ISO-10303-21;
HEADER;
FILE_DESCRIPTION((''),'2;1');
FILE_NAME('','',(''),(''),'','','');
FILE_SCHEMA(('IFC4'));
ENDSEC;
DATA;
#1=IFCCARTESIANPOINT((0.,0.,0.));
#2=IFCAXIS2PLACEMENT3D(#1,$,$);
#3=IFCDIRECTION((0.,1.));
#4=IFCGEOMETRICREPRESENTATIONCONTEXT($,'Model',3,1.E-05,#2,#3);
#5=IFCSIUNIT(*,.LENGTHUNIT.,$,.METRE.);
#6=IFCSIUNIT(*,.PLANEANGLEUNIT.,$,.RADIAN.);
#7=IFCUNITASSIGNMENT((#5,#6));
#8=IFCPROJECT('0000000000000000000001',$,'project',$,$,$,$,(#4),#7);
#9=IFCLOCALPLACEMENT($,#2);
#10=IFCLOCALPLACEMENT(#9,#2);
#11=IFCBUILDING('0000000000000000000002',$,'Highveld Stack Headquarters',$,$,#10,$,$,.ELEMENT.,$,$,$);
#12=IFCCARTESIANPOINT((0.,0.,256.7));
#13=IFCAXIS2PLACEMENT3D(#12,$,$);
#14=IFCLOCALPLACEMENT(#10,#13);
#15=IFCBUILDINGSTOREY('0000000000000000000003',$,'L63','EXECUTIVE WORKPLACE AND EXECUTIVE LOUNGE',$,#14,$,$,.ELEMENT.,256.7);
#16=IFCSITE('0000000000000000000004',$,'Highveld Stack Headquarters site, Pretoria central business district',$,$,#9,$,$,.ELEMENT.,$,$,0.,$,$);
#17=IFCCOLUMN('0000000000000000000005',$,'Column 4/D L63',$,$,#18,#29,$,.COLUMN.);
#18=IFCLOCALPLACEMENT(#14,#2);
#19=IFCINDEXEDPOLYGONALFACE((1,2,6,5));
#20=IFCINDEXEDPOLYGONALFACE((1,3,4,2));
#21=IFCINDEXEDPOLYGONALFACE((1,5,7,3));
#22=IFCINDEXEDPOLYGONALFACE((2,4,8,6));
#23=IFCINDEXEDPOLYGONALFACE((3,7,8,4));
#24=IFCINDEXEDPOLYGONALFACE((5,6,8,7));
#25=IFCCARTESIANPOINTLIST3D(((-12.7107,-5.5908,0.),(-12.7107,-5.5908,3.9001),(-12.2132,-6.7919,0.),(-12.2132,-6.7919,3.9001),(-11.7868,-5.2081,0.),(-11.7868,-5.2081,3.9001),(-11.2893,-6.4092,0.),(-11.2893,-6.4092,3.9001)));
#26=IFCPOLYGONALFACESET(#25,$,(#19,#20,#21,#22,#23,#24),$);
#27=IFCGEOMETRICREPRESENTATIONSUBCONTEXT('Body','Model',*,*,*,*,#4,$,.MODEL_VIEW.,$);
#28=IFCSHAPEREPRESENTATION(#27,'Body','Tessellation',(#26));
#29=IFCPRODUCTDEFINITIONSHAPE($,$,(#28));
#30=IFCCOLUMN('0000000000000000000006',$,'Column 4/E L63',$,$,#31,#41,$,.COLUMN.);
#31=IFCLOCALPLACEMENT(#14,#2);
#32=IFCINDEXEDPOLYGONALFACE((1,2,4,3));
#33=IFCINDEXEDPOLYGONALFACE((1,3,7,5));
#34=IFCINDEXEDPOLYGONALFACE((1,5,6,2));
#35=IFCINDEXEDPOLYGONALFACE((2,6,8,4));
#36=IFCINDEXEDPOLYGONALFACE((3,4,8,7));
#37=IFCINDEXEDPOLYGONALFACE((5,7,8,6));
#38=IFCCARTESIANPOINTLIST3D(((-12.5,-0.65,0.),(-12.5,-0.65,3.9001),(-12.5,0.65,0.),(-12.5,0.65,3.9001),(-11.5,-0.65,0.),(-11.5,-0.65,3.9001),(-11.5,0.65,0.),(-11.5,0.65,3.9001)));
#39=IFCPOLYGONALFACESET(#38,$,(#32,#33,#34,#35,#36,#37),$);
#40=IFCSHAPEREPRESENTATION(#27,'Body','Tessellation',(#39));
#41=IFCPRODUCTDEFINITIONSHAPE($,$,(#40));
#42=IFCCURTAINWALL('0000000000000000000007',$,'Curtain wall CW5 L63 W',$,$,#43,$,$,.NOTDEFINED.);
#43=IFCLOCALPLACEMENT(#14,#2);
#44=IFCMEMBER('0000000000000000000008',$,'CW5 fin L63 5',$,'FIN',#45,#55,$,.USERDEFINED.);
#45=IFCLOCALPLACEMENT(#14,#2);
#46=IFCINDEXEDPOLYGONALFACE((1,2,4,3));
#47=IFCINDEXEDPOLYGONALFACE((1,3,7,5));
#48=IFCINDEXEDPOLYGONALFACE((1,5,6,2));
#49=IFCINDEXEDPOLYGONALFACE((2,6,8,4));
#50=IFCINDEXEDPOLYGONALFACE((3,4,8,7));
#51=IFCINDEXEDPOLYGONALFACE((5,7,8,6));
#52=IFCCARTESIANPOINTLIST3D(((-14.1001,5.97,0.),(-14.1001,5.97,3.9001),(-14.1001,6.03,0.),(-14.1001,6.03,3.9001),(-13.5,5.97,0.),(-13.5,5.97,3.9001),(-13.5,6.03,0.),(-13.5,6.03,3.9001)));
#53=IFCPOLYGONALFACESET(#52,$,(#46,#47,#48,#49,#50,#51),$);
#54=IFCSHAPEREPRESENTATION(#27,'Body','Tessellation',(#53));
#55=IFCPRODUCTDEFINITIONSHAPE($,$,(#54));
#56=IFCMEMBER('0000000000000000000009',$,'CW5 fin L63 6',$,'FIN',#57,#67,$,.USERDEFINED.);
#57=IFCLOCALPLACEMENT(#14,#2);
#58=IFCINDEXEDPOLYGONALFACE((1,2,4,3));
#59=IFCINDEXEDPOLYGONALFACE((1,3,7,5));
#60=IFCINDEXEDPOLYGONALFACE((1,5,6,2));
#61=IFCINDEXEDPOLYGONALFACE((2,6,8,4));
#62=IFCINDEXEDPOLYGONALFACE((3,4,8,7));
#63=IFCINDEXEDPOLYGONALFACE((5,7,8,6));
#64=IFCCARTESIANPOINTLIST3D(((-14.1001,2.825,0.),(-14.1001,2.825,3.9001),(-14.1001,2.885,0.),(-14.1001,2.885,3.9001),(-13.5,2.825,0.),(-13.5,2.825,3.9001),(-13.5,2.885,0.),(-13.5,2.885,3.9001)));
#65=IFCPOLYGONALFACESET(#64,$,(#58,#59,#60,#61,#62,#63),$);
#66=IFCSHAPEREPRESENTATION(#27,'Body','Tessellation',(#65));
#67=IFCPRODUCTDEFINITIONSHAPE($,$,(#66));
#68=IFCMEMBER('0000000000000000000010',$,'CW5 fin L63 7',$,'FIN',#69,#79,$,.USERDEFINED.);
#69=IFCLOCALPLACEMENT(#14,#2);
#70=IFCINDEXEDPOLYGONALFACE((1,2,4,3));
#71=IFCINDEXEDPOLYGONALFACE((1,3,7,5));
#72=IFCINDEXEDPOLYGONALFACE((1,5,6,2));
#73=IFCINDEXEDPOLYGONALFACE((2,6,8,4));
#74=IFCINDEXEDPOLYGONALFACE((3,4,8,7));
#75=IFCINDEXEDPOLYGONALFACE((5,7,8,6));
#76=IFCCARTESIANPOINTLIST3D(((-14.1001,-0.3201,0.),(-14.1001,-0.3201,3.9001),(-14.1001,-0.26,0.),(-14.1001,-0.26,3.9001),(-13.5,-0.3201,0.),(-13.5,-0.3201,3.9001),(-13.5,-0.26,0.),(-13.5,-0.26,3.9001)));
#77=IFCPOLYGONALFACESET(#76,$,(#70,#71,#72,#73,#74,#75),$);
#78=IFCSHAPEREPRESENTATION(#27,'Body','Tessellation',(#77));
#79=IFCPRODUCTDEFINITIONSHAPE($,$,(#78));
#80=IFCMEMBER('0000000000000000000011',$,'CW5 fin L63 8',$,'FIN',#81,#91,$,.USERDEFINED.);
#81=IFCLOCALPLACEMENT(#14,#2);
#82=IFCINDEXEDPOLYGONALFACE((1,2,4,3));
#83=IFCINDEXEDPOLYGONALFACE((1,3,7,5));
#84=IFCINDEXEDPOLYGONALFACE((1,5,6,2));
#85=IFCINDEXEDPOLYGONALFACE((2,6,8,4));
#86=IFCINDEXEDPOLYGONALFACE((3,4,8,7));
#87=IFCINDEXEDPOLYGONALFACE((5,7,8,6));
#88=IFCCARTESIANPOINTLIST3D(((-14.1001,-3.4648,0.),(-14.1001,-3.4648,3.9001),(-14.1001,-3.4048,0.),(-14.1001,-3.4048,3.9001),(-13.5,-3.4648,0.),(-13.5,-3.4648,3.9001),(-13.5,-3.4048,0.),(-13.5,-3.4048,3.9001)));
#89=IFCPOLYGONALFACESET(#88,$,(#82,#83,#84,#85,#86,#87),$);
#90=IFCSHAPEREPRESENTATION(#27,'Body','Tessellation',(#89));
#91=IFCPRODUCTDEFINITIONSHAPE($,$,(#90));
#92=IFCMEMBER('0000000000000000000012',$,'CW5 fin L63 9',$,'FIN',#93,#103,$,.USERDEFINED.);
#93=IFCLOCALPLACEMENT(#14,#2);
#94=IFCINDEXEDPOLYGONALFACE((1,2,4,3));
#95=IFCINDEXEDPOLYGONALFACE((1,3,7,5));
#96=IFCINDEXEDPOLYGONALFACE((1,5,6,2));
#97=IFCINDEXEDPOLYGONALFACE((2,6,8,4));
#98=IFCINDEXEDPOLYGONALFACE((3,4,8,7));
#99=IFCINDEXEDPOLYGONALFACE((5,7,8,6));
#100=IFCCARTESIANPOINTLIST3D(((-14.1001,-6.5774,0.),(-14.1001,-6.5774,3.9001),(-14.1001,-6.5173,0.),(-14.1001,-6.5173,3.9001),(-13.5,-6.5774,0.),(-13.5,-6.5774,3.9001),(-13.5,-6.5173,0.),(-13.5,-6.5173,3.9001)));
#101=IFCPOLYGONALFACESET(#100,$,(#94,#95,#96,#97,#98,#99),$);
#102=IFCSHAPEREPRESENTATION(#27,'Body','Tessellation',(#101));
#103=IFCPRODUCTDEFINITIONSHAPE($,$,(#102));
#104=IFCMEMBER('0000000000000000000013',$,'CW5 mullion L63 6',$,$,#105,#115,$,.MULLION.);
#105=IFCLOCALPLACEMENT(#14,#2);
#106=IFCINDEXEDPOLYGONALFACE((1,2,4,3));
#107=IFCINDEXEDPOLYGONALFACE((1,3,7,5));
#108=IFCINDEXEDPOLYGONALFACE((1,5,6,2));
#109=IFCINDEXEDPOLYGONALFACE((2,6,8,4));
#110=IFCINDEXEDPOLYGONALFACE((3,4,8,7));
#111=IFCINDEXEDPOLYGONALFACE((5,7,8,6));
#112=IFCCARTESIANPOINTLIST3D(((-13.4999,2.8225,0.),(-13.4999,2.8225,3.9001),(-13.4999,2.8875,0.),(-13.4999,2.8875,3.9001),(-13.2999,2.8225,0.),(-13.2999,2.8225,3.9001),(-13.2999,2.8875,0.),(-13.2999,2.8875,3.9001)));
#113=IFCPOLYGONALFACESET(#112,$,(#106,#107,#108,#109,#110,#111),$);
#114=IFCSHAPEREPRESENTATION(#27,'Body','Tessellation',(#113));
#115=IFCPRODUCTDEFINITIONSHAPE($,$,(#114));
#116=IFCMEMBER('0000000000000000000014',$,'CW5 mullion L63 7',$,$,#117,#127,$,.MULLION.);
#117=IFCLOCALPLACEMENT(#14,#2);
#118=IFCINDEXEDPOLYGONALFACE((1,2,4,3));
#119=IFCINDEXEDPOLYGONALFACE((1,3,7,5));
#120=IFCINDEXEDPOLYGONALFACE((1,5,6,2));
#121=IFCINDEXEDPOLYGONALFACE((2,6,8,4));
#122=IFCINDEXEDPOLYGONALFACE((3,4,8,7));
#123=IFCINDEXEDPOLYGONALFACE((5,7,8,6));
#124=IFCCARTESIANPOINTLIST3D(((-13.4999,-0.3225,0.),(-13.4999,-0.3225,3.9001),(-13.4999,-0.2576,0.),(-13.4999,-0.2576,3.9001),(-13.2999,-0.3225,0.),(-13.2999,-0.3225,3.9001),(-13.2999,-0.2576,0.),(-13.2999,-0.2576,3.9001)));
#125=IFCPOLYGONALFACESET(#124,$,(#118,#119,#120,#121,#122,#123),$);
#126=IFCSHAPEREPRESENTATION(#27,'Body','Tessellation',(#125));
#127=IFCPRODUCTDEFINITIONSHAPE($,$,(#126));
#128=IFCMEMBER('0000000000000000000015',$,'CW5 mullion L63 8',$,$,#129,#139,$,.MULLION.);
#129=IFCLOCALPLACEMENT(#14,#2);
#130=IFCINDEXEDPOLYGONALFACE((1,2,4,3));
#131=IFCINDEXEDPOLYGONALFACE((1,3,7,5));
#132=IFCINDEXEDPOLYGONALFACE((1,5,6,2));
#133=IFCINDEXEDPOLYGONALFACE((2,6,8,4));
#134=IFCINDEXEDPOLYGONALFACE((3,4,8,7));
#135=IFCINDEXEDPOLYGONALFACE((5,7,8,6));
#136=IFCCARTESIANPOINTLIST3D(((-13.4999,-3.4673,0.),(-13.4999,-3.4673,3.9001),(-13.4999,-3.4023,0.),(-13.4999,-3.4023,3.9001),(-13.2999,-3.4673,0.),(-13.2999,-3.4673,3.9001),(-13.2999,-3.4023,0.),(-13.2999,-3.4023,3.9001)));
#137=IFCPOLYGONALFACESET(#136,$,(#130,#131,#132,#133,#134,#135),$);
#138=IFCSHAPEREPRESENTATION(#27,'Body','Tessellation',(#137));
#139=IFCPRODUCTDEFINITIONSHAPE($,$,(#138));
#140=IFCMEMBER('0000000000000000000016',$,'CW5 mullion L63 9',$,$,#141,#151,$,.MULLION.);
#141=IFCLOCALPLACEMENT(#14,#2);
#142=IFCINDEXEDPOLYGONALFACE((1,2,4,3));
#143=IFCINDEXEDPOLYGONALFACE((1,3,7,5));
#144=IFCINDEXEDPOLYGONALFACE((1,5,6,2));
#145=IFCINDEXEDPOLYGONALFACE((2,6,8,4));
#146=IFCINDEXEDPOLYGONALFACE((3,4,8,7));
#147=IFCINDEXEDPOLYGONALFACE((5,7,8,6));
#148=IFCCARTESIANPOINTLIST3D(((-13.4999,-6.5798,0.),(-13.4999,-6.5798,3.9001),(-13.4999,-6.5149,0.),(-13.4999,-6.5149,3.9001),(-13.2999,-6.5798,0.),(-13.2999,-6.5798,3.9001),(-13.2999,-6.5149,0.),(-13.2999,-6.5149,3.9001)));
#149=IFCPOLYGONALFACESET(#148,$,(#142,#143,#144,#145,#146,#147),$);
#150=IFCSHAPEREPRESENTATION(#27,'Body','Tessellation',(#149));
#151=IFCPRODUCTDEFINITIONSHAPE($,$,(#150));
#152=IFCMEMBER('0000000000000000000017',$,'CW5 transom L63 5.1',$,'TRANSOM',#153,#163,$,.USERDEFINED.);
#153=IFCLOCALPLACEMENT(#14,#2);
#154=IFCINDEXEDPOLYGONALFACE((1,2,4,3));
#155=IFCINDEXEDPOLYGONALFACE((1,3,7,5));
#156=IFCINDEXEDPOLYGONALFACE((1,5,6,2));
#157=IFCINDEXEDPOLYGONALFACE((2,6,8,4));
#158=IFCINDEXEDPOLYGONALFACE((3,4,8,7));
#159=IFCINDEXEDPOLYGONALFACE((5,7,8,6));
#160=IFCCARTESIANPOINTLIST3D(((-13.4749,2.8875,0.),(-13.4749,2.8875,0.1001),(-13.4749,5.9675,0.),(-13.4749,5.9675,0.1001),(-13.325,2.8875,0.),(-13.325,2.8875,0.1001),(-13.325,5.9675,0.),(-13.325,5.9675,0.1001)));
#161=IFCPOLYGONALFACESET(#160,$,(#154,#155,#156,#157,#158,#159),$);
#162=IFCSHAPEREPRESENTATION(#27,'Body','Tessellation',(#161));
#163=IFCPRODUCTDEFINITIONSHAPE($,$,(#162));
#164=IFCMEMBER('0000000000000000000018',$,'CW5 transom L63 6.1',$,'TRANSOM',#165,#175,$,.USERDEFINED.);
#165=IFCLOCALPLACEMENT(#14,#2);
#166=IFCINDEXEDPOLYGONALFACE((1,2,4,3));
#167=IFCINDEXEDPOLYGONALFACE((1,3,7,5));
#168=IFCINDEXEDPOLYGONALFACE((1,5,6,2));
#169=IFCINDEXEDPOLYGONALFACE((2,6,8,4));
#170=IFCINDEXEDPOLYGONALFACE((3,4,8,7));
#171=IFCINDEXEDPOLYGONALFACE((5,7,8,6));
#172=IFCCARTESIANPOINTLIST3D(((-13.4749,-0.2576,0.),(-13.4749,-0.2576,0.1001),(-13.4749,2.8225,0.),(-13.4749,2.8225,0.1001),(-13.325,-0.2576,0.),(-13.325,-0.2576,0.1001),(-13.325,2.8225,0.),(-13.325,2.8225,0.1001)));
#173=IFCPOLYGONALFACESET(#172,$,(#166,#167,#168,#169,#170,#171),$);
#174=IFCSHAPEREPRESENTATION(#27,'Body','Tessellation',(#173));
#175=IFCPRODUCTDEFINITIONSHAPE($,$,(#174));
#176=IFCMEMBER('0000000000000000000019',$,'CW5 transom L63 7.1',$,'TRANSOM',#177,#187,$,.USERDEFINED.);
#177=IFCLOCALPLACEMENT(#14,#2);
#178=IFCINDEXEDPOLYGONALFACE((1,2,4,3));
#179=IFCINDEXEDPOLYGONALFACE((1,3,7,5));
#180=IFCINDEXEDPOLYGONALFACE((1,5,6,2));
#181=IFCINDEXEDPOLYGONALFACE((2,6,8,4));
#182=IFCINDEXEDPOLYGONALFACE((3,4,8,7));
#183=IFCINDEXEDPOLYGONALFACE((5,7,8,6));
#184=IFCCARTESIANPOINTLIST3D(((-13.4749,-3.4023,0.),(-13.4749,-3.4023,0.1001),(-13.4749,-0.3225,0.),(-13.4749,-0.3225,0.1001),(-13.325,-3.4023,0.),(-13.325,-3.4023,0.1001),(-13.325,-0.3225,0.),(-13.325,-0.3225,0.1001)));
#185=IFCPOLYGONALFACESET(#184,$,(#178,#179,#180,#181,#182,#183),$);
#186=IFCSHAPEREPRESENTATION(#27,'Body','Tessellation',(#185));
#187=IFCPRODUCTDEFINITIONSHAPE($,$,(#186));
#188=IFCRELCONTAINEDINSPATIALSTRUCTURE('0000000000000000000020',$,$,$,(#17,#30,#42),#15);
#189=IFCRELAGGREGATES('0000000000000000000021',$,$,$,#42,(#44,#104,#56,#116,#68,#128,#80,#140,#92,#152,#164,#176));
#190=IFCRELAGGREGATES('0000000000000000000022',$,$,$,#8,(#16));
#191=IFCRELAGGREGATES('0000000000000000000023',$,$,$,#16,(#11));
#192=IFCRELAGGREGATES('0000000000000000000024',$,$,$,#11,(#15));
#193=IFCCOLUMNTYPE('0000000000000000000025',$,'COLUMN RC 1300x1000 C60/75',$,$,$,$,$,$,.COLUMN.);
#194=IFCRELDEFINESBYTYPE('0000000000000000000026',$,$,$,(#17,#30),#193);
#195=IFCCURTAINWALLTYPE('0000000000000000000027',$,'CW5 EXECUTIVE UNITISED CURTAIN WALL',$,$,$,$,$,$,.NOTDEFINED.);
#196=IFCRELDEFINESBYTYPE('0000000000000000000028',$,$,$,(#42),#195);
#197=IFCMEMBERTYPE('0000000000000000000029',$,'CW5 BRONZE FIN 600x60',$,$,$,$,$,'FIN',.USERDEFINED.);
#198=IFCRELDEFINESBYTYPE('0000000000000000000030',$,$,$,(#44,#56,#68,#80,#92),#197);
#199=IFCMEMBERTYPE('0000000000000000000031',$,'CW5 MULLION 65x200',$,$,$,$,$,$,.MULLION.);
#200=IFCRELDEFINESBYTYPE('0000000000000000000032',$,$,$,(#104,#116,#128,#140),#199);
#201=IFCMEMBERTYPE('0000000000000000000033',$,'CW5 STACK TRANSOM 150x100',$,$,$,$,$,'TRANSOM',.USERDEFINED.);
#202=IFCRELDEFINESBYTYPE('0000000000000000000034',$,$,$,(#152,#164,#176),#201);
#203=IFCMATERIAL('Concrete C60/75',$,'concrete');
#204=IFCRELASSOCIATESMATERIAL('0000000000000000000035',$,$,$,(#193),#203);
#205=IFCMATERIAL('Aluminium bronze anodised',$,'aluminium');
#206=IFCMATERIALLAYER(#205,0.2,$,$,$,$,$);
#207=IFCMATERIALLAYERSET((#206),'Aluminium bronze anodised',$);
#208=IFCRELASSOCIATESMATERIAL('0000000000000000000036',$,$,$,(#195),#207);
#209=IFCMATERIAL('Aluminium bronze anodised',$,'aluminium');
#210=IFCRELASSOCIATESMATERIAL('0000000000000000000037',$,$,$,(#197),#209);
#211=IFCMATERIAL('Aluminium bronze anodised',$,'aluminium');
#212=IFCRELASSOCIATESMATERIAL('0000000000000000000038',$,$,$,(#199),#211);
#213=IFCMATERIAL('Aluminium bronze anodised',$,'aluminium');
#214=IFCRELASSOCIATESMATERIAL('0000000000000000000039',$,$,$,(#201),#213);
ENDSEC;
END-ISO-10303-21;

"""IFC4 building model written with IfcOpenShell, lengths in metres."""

from ifc_helpers import new_model, si_unit, direction, frame, origin, origin_2d, place, context, subcontext, project, spatial, rectangle, extrude, material, layer, layer_set, material_profile, profile_set, type_object, element, aggregate, save


model = new_model("IFC4")

# Units and contexts
model_context = context("Model", 3, precision=1e-05, world=origin(), true_north=direction((0.0, 1.0)))
body_context = subcontext(model_context, "Body", "Model", "MODEL_VIEW")
ifc_project = project(units=[si_unit("LENGTHUNIT", "METRE"), si_unit("PLANEANGLEUNIT", "RADIAN")], contexts=[model_context])

# Site, building, storey
site_placement = place(None, origin())
site = spatial("IfcSite", under=ifc_project, at=site_placement, Name="Highveld Stack Headquarters site, Pretoria central business district", CompositionType="ELEMENT", RefElevation=0.0)
building_placement = place(site_placement, origin())
building = spatial("IfcBuilding", under=site, at=building_placement, Name="Highveld Stack Headquarters", CompositionType="ELEMENT")
storey_placement = place(building_placement, frame((0.0, 0.0, 256.7)))
storey = spatial("IfcBuildingStorey", under=building, at=storey_placement, Name="L63", Description="EXECUTIVE WORKPLACE AND EXECUTIVE LOUNGE", CompositionType="ELEMENT", Elevation=256.7)

# Columns
ifc_material_1 = material(Name="Concrete C60/75", Category="concrete")
ifc_material_profile_1 = material_profile(ifc_material_1, rectangle(XDim=1.3, YDim=1.0, at=origin_2d()), Name="RC 1300x1000")
ifc_profile_set_1 = profile_set([ifc_material_profile_1], Name="Concrete C60/75")
column_type = type_object("IfcColumnType", Name="COLUMN RC 1300x1000 C60/75", PredefinedType="COLUMN", material=ifc_profile_set_1)
for number, where, z_axis, x_axis, name in (
    (1, (-12.0, -6.0, 0.0), (0.0, 0.0, 1.0), (-0.382683, 0.92388, 0.0), "Column 4/D L63"),
    (2, (-12.0, 0.0, 0.0), (0.0, 0.0, 1.0), (0.0, 1.0, 0.0), "Column 4/E L63"),
):
    element("IfcColumn", number, at=place(storey_placement, frame(where, z_axis=z_axis, x_axis=x_axis)), inside=storey, type_object=column_type, Name=name, PredefinedType="COLUMN", context=body_context, shape_type="SweptSolid", body=[
        extrude(rectangle(XDim=1.3, YDim=1.0, at=origin_2d()), origin(), (0.0, 0.0, 1.0), 3.9001),
    ])

# Curtain wall, members
ifc_material_2 = material(Name="Aluminium bronze anodised", Category="aluminium")
ifc_layer_1 = layer(ifc_material_2, 0.2)
ifc_layer_set_1 = layer_set([ifc_layer_1], Name="Aluminium bronze anodised")
curtain_wall_type = type_object("IfcCurtainWallType", Name="CW5 EXECUTIVE UNITISED CURTAIN WALL", PredefinedType="NOTDEFINED", material=ifc_layer_set_1)
curtain_wall_placement = place(storey_placement, origin())
curtain_wall = element("IfcCurtainWall", 3, at=curtain_wall_placement, inside=storey, type_object=curtain_wall_type, Name="Curtain wall CW5 L63 W", PredefinedType="NOTDEFINED")
ifc_material_3 = material(Name="Aluminium bronze anodised", Category="aluminium")
ifc_material_profile_2 = material_profile(ifc_material_3, rectangle(XDim=0.6001, YDim=0.0601, at=origin_2d()), Name="FIN 600x60")
ifc_profile_set_2 = profile_set([ifc_material_profile_2], Name="Aluminium bronze anodised")
member_type_1 = type_object("IfcMemberType", Name="CW5 BRONZE FIN 600x60", ElementType="FIN", PredefinedType="USERDEFINED", material=ifc_profile_set_2)
member_1_placement = place(storey_placement, frame((-13.8, 6.0, 0.0), z_axis=(0.0, 0.0, 1.0), x_axis=(1.0, 0.0, 0.0)))
member_1 = element("IfcMember", 4, at=member_1_placement, type_object=member_type_1, Name="CW5 fin L63 5", ObjectType="FIN", PredefinedType="USERDEFINED", context=body_context, shape_type="SweptSolid", body=[
    extrude(rectangle(XDim=0.6001, YDim=0.0601, at=origin_2d()), origin(), (0.0, 0.0, 1.0), 3.9001),
])
member_2_placement = place(storey_placement, frame((-13.8, 2.855, 0.0), z_axis=(0.0, 0.0, 1.0), x_axis=(1.0, 0.0, 0.0)))
member_2 = element("IfcMember", 5, at=member_2_placement, type_object=member_type_1, Name="CW5 fin L63 6", ObjectType="FIN", PredefinedType="USERDEFINED", context=body_context, shape_type="SweptSolid", body=[
    extrude(rectangle(XDim=0.6001, YDim=0.0601, at=origin_2d()), origin(), (0.0, 0.0, 1.0), 3.9001),
])
member_3_placement = place(storey_placement, frame((-13.8, -0.29, 0.0), z_axis=(0.0, 0.0, 1.0), x_axis=(1.0, 0.0, 0.0)))
member_3 = element("IfcMember", 6, at=member_3_placement, type_object=member_type_1, Name="CW5 fin L63 7", ObjectType="FIN", PredefinedType="USERDEFINED", context=body_context, shape_type="SweptSolid", body=[
    extrude(rectangle(XDim=0.6001, YDim=0.0601, at=origin_2d()), origin(), (0.0, 0.0, 1.0), 3.9001),
])
member_4_placement = place(storey_placement, frame((-13.8, -3.4348, 0.0), z_axis=(0.0, 0.0, 1.0), x_axis=(1.0, 0.0, 0.0)))
member_4 = element("IfcMember", 7, at=member_4_placement, type_object=member_type_1, Name="CW5 fin L63 8", ObjectType="FIN", PredefinedType="USERDEFINED", context=body_context, shape_type="SweptSolid", body=[
    extrude(rectangle(XDim=0.6001, YDim=0.0601, at=origin_2d()), origin(), (0.0, 0.0, 1.0), 3.9001),
])
member_5_placement = place(storey_placement, frame((-13.8, -6.5474, 0.0), z_axis=(0.0, 0.0, 1.0), x_axis=(1.0, 0.0, 0.0)))
member_5 = element("IfcMember", 8, at=member_5_placement, type_object=member_type_1, Name="CW5 fin L63 9", ObjectType="FIN", PredefinedType="USERDEFINED", context=body_context, shape_type="SweptSolid", body=[
    extrude(rectangle(XDim=0.6001, YDim=0.0601, at=origin_2d()), origin(), (0.0, 0.0, 1.0), 3.9001),
])
ifc_material_4 = material(Name="Aluminium bronze anodised", Category="aluminium")
ifc_material_profile_3 = material_profile(ifc_material_4, rectangle(XDim=0.2, YDim=0.0649, at=origin_2d()), Name="CW5 MULLION 65x200")
ifc_profile_set_3 = profile_set([ifc_material_profile_3], Name="Aluminium bronze anodised")
member_type_2 = type_object("IfcMemberType", Name="CW5 MULLION 65x200", PredefinedType="MULLION", material=ifc_profile_set_3)
member_6_placement = place(storey_placement, frame((-13.3999, 2.855, 0.0), z_axis=(0.0, 0.0, 1.0), x_axis=(1.0, 0.0, 0.0)))
member_6 = element("IfcMember", 9, at=member_6_placement, type_object=member_type_2, Name="CW5 mullion L63 6", PredefinedType="MULLION", context=body_context, shape_type="SweptSolid", body=[
    extrude(rectangle(XDim=0.2, YDim=0.0649, at=origin_2d()), origin(), (0.0, 0.0, 1.0), 3.9001),
])
member_7_placement = place(storey_placement, frame((-13.3999, -0.29, 0.0), z_axis=(0.0, 0.0, 1.0), x_axis=(1.0, 0.0, 0.0)))
member_7 = element("IfcMember", 10, at=member_7_placement, type_object=member_type_2, Name="CW5 mullion L63 7", PredefinedType="MULLION", context=body_context, shape_type="SweptSolid", body=[
    extrude(rectangle(XDim=0.2, YDim=0.0649, at=origin_2d()), origin(), (0.0, 0.0, 1.0), 3.9001),
])
member_8_placement = place(storey_placement, frame((-13.3999, -3.4348, 0.0), z_axis=(0.0, 0.0, 1.0), x_axis=(1.0, 0.0, 0.0)))
member_8 = element("IfcMember", 11, at=member_8_placement, type_object=member_type_2, Name="CW5 mullion L63 8", PredefinedType="MULLION", context=body_context, shape_type="SweptSolid", body=[
    extrude(rectangle(XDim=0.2, YDim=0.0649, at=origin_2d()), origin(), (0.0, 0.0, 1.0), 3.9001),
])
member_9_placement = place(storey_placement, frame((-13.3999, -6.5474, 0.0), z_axis=(0.0, 0.0, 1.0), x_axis=(1.0, 0.0, 0.0)))
member_9 = element("IfcMember", 12, at=member_9_placement, type_object=member_type_2, Name="CW5 mullion L63 9", PredefinedType="MULLION", context=body_context, shape_type="SweptSolid", body=[
    extrude(rectangle(XDim=0.2, YDim=0.0649, at=origin_2d()), origin(), (0.0, 0.0, 1.0), 3.9001),
])
ifc_material_5 = material(Name="Aluminium bronze anodised", Category="aluminium")
ifc_material_profile_4 = material_profile(ifc_material_5, rectangle(XDim=0.1499, YDim=0.1001, at=origin_2d()), Name="CW5 TRANSOM 150x100")
ifc_profile_set_4 = profile_set([ifc_material_profile_4], Name="Aluminium bronze anodised")
member_type_3 = type_object("IfcMemberType", Name="CW5 STACK TRANSOM 150x100", ElementType="TRANSOM", PredefinedType="USERDEFINED", material=ifc_profile_set_4)
member_10_placement = place(storey_placement, frame((-13.3999, 5.9675, 0.05), z_axis=(0.0, -1.0, 0.0), x_axis=(1.0, 0.0, 0.0)))
member_10 = element("IfcMember", 13, at=member_10_placement, type_object=member_type_3, Name="CW5 transom L63 5.1", ObjectType="TRANSOM", PredefinedType="USERDEFINED", context=body_context, shape_type="SweptSolid", body=[
    extrude(rectangle(XDim=0.1499, YDim=0.1001, at=origin_2d()), origin(), (0.0, 0.0, 1.0), 3.0801),
])
member_11_placement = place(storey_placement, frame((-13.3999, 2.8225, 0.05), z_axis=(0.0, -1.0, 0.0), x_axis=(1.0, 0.0, 0.0)))
member_11 = element("IfcMember", 14, at=member_11_placement, type_object=member_type_3, Name="CW5 transom L63 6.1", ObjectType="TRANSOM", PredefinedType="USERDEFINED", context=body_context, shape_type="SweptSolid", body=[
    extrude(rectangle(XDim=0.1499, YDim=0.1001, at=origin_2d()), origin(), (0.0, 0.0, 1.0), 3.0801),
])
member_12_placement = place(storey_placement, frame((-13.3999, -0.3225, 0.05), z_axis=(0.0, -1.0, 0.0), x_axis=(1.0, 0.0, 0.0)))
member_12 = element("IfcMember", 15, at=member_12_placement, type_object=member_type_3, Name="CW5 transom L63 7.1", ObjectType="TRANSOM", PredefinedType="USERDEFINED", context=body_context, shape_type="SweptSolid", body=[
    extrude(rectangle(XDim=0.1499, YDim=0.1001, at=origin_2d()), origin(), (0.0, 0.0, 1.0), 3.0798),
])
aggregate(curtain_wall, [member_1, member_6, member_2, member_7, member_3, member_8, member_4, member_9, member_5, member_10, member_11, member_12])

save(model, "model.ifc")
